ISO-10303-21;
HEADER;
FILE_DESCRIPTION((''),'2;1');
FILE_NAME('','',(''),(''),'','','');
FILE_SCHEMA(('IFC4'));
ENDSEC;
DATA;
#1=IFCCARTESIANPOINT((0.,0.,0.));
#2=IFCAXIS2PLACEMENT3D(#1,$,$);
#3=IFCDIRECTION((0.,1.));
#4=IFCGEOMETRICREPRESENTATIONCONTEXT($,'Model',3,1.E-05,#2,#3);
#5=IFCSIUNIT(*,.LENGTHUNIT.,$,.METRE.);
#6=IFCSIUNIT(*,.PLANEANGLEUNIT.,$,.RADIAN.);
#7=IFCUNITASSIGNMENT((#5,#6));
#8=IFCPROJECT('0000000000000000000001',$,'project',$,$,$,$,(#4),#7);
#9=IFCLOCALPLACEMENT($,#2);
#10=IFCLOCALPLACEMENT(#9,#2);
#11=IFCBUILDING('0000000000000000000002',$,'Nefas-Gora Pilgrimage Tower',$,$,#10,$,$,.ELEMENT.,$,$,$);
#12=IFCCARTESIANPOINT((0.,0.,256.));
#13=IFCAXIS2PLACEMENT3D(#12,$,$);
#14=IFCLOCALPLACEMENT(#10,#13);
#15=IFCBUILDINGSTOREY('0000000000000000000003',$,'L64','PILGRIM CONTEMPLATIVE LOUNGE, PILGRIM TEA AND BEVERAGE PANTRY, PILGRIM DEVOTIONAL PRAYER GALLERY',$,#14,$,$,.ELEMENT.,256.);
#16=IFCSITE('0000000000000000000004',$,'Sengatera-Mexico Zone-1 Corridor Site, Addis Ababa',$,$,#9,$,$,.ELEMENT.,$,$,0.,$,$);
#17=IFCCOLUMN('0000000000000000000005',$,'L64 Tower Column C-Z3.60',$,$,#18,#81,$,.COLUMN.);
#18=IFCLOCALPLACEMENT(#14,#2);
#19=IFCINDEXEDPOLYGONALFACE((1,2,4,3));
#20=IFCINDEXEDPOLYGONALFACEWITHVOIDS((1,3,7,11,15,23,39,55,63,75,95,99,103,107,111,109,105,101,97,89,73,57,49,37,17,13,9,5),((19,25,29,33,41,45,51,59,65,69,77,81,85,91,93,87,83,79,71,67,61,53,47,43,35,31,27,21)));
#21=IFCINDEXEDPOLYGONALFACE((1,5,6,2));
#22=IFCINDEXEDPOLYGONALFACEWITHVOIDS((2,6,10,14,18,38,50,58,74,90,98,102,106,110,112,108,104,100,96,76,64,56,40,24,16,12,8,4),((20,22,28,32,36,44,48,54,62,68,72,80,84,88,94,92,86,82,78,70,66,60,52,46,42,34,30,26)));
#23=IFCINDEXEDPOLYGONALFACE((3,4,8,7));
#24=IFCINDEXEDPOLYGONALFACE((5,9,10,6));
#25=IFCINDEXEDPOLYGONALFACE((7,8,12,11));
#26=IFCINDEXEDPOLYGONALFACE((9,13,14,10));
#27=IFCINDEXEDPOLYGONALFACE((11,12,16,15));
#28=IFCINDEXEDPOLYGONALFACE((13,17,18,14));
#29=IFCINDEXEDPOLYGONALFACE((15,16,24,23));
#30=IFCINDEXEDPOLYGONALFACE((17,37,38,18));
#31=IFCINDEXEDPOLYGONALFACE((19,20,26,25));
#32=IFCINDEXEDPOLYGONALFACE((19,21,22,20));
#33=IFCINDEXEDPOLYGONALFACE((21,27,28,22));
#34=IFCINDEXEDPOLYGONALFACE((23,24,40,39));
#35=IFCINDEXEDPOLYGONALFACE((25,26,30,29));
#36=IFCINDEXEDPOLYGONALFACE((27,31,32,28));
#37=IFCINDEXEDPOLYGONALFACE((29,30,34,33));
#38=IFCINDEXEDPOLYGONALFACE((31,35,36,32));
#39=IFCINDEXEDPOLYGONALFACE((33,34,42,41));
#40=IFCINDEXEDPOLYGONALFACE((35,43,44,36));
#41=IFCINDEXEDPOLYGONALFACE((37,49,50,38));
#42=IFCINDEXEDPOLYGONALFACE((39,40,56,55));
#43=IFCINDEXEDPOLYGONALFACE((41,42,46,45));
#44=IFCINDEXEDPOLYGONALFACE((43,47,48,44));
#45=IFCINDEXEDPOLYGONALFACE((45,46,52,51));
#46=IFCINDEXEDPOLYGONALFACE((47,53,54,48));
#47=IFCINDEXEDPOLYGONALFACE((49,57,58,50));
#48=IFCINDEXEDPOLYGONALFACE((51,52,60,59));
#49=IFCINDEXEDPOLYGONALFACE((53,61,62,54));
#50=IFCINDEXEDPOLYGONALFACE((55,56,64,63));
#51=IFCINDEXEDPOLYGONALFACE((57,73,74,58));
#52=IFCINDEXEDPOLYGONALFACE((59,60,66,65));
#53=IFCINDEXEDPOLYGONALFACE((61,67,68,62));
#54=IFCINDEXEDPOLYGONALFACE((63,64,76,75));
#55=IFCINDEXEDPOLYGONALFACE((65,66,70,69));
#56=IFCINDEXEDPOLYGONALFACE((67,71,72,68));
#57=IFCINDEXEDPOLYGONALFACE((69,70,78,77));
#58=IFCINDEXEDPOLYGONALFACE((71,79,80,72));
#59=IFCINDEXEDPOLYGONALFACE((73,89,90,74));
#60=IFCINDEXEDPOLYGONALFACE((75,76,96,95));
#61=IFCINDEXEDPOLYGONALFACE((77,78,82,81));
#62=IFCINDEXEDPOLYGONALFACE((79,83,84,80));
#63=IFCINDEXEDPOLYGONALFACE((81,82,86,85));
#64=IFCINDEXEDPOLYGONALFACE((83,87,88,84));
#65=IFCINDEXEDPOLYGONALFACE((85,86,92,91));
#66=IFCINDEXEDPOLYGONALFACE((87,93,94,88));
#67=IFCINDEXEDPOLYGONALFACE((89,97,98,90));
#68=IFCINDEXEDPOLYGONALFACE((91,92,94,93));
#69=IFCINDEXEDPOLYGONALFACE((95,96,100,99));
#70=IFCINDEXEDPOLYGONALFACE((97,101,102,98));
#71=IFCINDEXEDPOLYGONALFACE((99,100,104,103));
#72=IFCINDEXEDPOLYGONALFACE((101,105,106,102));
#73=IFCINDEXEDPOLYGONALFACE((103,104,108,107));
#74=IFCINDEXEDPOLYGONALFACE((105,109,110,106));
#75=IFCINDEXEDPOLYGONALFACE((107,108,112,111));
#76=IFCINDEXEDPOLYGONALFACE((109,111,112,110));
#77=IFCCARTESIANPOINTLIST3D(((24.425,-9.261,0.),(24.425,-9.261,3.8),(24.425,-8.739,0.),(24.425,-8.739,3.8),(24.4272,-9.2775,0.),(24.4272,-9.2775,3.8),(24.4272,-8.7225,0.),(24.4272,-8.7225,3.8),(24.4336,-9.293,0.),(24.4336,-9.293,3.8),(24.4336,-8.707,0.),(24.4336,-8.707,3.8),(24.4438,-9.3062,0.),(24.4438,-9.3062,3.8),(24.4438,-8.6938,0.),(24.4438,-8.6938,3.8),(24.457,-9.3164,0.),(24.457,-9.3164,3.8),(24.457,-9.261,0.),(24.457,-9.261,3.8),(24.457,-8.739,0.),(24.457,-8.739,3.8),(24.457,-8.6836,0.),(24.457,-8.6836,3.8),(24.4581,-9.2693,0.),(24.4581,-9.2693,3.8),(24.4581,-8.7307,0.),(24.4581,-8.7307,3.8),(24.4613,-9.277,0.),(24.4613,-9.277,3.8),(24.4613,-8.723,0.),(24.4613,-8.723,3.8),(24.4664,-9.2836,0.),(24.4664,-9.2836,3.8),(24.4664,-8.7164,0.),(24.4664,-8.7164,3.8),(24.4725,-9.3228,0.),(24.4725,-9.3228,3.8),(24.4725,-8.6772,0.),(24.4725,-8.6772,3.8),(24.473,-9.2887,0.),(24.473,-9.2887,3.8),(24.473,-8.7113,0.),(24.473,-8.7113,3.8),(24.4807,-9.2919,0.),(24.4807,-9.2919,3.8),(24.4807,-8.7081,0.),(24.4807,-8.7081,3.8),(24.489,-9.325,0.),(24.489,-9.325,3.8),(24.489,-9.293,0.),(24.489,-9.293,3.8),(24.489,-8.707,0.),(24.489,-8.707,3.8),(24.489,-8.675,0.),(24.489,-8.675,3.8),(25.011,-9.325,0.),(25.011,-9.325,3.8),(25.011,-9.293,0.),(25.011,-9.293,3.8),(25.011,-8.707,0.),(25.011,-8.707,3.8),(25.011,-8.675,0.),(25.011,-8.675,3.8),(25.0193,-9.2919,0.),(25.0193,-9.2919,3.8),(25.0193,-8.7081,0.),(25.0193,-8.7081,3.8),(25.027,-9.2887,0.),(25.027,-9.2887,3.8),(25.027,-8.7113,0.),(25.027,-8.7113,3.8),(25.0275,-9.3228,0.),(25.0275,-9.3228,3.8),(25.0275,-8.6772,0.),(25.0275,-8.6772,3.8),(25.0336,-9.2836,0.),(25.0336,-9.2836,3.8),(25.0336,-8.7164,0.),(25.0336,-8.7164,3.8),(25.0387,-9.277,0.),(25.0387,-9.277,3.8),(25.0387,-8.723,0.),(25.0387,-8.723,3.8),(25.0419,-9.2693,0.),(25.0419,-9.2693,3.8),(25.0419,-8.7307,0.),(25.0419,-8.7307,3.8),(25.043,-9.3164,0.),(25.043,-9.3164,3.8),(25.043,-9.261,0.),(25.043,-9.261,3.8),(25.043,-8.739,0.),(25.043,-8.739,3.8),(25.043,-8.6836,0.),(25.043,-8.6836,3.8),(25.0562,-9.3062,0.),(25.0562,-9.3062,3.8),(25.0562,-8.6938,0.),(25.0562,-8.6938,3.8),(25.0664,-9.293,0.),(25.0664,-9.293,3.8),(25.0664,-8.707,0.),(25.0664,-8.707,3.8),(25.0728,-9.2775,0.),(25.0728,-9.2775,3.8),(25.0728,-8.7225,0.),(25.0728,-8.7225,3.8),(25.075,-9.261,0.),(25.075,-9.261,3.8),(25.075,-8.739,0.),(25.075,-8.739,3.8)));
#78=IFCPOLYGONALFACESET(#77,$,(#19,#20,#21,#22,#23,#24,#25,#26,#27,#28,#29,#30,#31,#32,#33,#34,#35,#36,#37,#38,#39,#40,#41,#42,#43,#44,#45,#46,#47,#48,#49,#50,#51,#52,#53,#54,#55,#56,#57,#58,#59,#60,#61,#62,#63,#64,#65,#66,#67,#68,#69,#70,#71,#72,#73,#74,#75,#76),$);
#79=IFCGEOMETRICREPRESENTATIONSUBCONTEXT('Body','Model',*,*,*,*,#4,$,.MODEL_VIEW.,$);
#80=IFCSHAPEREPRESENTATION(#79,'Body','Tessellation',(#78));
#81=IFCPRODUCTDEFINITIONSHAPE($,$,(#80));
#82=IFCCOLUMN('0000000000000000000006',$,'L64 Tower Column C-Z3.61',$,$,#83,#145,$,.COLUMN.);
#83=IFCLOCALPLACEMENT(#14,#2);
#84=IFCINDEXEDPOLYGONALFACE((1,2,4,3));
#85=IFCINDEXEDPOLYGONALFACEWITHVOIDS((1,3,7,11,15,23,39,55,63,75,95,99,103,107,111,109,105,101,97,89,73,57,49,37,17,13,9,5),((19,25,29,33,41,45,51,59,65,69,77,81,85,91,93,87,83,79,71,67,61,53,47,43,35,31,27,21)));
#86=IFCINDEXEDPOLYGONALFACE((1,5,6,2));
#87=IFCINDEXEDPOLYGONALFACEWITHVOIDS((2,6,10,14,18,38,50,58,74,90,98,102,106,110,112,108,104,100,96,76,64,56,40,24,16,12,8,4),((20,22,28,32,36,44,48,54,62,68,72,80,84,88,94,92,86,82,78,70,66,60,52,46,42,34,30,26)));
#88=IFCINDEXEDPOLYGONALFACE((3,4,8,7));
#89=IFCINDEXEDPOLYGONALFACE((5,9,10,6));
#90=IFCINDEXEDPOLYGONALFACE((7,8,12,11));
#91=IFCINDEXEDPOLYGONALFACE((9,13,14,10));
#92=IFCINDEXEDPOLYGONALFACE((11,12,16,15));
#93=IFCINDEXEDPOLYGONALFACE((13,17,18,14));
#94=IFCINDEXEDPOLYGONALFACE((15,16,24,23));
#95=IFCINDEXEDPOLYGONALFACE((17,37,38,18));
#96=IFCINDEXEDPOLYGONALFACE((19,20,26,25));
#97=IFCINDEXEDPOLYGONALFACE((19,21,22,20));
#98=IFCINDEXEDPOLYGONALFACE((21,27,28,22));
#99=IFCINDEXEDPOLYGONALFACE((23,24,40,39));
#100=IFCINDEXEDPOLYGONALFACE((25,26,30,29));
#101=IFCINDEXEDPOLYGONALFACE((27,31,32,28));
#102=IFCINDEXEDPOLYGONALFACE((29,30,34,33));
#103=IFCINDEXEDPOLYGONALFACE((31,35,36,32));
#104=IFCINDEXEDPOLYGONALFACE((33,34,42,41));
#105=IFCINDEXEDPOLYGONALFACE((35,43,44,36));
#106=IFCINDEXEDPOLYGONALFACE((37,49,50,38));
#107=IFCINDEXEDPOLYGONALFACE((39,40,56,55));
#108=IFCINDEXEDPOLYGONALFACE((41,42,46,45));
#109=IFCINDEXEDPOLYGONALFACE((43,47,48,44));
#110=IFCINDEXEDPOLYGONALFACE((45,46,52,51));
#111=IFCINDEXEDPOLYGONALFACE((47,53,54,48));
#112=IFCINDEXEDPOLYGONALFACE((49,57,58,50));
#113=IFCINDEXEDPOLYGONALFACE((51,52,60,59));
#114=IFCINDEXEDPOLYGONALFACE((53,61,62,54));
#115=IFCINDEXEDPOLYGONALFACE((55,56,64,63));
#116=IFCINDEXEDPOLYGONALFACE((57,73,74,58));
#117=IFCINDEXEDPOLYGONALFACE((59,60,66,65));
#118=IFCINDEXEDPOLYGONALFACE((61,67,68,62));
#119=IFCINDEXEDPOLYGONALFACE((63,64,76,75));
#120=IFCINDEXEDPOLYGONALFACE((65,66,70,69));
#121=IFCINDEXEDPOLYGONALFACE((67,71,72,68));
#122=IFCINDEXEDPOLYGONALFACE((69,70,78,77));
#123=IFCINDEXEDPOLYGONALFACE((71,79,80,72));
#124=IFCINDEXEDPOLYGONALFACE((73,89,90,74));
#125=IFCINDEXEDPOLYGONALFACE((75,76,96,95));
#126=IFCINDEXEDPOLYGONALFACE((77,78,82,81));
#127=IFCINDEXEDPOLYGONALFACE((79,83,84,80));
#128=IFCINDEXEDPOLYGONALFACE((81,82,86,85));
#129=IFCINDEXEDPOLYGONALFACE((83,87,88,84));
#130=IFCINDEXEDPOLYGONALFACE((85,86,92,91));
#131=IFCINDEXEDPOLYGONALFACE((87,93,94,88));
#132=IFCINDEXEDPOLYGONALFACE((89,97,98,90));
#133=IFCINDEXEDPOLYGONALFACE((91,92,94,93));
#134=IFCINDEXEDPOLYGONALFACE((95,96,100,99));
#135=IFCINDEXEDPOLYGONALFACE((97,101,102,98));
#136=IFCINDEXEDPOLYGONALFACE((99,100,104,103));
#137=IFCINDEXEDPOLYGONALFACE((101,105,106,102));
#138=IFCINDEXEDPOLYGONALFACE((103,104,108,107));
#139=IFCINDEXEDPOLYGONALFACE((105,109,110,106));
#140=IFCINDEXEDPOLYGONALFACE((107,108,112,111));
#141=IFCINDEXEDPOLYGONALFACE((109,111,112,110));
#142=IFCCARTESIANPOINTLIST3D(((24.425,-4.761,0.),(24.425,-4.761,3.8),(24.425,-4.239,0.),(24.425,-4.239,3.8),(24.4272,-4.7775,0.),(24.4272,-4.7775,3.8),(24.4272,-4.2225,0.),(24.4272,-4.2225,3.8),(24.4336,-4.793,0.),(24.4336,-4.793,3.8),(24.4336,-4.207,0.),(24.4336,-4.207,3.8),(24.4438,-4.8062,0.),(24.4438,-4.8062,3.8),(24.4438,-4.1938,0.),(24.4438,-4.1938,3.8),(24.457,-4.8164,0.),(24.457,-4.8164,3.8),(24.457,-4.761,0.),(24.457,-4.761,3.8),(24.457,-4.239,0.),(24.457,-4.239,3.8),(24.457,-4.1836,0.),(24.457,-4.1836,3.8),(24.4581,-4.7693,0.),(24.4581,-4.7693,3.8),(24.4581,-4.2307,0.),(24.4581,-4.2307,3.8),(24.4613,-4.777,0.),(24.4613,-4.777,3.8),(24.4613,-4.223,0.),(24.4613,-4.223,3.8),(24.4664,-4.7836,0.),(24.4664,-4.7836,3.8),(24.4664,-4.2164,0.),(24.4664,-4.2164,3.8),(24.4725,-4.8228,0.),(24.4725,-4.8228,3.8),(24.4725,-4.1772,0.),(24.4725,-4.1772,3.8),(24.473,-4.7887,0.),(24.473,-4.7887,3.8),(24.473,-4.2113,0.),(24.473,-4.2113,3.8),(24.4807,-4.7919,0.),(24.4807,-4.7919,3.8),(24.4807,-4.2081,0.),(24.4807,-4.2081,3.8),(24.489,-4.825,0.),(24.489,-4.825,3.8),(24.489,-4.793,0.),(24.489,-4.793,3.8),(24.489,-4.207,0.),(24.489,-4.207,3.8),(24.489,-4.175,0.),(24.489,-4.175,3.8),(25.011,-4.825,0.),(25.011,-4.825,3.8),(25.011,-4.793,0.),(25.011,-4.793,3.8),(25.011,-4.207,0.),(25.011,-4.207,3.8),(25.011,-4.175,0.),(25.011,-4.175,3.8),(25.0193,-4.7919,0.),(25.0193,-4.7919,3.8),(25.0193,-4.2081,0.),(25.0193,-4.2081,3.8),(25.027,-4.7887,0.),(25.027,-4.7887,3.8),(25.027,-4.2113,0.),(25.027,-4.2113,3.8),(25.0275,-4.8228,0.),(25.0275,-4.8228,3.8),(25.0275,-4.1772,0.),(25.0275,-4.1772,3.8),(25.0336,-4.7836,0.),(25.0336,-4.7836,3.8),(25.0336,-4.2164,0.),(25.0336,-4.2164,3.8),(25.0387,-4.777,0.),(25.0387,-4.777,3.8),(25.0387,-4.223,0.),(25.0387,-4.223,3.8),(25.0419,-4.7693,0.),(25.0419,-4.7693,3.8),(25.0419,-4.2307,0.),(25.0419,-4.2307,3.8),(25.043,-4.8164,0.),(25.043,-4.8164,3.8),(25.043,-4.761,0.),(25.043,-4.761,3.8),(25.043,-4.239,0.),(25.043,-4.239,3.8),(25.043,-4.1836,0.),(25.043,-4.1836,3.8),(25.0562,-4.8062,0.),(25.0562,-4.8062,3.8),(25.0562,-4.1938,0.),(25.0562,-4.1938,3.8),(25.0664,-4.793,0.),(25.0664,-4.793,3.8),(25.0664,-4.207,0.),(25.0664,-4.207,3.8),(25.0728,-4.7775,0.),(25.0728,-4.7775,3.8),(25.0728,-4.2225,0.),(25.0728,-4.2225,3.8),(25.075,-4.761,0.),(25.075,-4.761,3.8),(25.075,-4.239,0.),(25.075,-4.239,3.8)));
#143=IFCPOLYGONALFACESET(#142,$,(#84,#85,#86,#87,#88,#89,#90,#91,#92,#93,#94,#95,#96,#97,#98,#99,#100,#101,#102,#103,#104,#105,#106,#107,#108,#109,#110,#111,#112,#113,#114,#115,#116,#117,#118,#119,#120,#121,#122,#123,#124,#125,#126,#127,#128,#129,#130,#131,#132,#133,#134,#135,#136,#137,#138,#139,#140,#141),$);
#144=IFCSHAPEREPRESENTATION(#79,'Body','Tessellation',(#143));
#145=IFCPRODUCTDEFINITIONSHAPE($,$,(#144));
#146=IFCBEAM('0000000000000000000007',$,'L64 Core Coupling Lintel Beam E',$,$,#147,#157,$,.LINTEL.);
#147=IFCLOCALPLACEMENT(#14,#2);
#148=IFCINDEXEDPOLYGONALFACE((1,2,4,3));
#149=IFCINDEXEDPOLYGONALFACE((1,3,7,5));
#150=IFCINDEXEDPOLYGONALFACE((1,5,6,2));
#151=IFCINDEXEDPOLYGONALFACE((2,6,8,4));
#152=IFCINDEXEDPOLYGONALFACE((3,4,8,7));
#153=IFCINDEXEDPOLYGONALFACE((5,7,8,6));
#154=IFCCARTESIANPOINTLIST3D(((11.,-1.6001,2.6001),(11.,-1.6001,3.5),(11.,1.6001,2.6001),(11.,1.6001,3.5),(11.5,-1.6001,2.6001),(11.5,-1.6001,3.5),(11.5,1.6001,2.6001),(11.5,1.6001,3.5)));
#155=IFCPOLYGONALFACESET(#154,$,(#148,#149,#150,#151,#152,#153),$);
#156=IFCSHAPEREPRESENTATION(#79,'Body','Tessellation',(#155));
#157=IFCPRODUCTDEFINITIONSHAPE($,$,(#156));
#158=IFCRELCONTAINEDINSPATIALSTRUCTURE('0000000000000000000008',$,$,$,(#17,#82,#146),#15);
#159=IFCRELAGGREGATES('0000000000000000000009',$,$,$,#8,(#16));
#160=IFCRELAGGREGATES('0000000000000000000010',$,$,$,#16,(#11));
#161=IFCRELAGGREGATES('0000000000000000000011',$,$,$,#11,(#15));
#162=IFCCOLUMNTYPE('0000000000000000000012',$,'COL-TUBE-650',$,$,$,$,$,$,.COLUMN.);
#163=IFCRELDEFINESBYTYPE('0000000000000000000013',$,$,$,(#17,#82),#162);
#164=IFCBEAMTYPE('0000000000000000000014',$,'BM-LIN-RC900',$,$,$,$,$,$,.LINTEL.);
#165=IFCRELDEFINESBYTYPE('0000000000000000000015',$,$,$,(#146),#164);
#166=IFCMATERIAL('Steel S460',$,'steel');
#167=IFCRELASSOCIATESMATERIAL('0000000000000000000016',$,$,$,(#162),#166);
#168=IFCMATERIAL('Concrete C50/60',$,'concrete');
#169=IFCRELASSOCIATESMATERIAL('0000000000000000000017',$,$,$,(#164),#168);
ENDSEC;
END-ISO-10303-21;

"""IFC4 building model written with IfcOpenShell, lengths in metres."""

from ifc_helpers import new_model, si_unit, direction, frame, origin, origin_2d, place, context, subcontext, project, spatial, rectangle, hollow_rectangle, extrude, source, transform, mapped, material, material_profile, profile_set, type_object, element, save


model = new_model("IFC4")

# Units and contexts
model_context = context("Model", 3, precision=1e-05, world=origin(), true_north=direction((0.0, 1.0)))
body_context = subcontext(model_context, "Body", "Model", "MODEL_VIEW")
ifc_project = project(units=[si_unit("LENGTHUNIT", "METRE"), si_unit("PLANEANGLEUNIT", "RADIAN")], contexts=[model_context])

# Site, building, storey
site_placement = place(None, origin())
site = spatial("IfcSite", under=ifc_project, at=site_placement, Name="Sengatera-Mexico Zone-1 Corridor Site, Addis Ababa", CompositionType="ELEMENT", RefElevation=0.0)
building_placement = place(site_placement, origin())
building = spatial("IfcBuilding", under=site, at=building_placement, Name="Nefas-Gora Pilgrimage Tower", CompositionType="ELEMENT")
storey_placement = place(building_placement, frame((0.0, 0.0, 256.0)))
storey = spatial("IfcBuildingStorey", under=building, at=storey_placement, Name="L64", Description="PILGRIM CONTEMPLATIVE LOUNGE, PILGRIM TEA AND BEVERAGE PANTRY, PILGRIM DEVOTIONAL PRAYER GALLERY", CompositionType="ELEMENT", Elevation=256.0)

# Columns
ifc_material_1 = material(Name="Steel S460", Category="steel")
ifc_material_profile_1 = material_profile(ifc_material_1, hollow_rectangle(XDim=0.6499, YDim=0.6499, WallThickness=0.032, InnerFilletRadius=0.032, OuterFilletRadius=0.064, at=origin_2d()), Name="BOX 650x650x32")
ifc_profile_set_1 = profile_set([ifc_material_profile_1], Name="Steel S460")
column_type_1 = type_object("IfcColumnType", Name="COL-TUBE-650", PredefinedType="COLUMN", material=ifc_profile_set_1)
shared_shape_1 = source(origin(), body_context, "Body", "SweptSolid", [
    extrude(hollow_rectangle(XDim=0.6499, YDim=0.6499, WallThickness=0.032, InnerFilletRadius=0.032, OuterFilletRadius=0.064, at=origin_2d()), origin(), (0.0, 0.0, 1.0), 3.8),
])
for number, where, z_axis, x_axis, name in (
    (1, (24.75, -9.0, 0.0), (0.0, 0.0, 1.0), (1.0, 0.0, 0.0), "L64 Tower Column C-Z3.60"),
    (2, (24.75, -4.5, 0.0), (0.0, 0.0, 1.0), (1.0, 0.0, 0.0), "L64 Tower Column C-Z3.61"),
):
    element("IfcColumn", number, at=place(storey_placement, frame(where, z_axis=z_axis, x_axis=x_axis)), inside=storey, type_object=column_type_1, Name=name, PredefinedType="COLUMN", context=body_context, shape_type="MappedRepresentation", body=[
        mapped(shared_shape_1, transform((0.0, 0.0, 0.0), x_axis=(1.0, 0.0, 0.0), y_axis=(0.0, 1.0, 0.0), z_axis=(0.0, 0.0, 1.0), scale=1.0)),
    ])

# Beam
ifc_material_2 = material(Name="Concrete C50/60", Category="concrete")
ifc_material_profile_2 = material_profile(ifc_material_2, rectangle(XDim=0.5, YDim=0.8999, at=origin_2d()), Name="RC 500x900")
ifc_profile_set_2 = profile_set([ifc_material_profile_2], Name="Concrete C50/60")
beam_type_1 = type_object("IfcBeamType", Name="BM-LIN-RC900", PredefinedType="LINTEL", material=ifc_profile_set_2)
shared_shape_2 = source(origin(), body_context, "Body", "SweptSolid", [
    extrude(rectangle(XDim=0.5, YDim=0.8999, at=origin_2d()), origin(), (0.0, 0.0, 1.0), 3.2002),
])
beam_placement = place(storey_placement, frame((11.25, -1.6001, 3.05), z_axis=(0.0, 1.0, 0.0), x_axis=(-1.0, 0.0, 0.0)))
element("IfcBeam", 3, at=beam_placement, inside=storey, type_object=beam_type_1, Name="L64 Core Coupling Lintel Beam E", PredefinedType="LINTEL", context=body_context, shape_type="MappedRepresentation", body=[
    mapped(shared_shape_2, transform((0.0, 0.0, 0.0), x_axis=(1.0, 0.0, 0.0), y_axis=(0.0, 1.0, 0.0), z_axis=(0.0, 0.0, 1.0), scale=1.0)),
])

save(model, "model.ifc")
